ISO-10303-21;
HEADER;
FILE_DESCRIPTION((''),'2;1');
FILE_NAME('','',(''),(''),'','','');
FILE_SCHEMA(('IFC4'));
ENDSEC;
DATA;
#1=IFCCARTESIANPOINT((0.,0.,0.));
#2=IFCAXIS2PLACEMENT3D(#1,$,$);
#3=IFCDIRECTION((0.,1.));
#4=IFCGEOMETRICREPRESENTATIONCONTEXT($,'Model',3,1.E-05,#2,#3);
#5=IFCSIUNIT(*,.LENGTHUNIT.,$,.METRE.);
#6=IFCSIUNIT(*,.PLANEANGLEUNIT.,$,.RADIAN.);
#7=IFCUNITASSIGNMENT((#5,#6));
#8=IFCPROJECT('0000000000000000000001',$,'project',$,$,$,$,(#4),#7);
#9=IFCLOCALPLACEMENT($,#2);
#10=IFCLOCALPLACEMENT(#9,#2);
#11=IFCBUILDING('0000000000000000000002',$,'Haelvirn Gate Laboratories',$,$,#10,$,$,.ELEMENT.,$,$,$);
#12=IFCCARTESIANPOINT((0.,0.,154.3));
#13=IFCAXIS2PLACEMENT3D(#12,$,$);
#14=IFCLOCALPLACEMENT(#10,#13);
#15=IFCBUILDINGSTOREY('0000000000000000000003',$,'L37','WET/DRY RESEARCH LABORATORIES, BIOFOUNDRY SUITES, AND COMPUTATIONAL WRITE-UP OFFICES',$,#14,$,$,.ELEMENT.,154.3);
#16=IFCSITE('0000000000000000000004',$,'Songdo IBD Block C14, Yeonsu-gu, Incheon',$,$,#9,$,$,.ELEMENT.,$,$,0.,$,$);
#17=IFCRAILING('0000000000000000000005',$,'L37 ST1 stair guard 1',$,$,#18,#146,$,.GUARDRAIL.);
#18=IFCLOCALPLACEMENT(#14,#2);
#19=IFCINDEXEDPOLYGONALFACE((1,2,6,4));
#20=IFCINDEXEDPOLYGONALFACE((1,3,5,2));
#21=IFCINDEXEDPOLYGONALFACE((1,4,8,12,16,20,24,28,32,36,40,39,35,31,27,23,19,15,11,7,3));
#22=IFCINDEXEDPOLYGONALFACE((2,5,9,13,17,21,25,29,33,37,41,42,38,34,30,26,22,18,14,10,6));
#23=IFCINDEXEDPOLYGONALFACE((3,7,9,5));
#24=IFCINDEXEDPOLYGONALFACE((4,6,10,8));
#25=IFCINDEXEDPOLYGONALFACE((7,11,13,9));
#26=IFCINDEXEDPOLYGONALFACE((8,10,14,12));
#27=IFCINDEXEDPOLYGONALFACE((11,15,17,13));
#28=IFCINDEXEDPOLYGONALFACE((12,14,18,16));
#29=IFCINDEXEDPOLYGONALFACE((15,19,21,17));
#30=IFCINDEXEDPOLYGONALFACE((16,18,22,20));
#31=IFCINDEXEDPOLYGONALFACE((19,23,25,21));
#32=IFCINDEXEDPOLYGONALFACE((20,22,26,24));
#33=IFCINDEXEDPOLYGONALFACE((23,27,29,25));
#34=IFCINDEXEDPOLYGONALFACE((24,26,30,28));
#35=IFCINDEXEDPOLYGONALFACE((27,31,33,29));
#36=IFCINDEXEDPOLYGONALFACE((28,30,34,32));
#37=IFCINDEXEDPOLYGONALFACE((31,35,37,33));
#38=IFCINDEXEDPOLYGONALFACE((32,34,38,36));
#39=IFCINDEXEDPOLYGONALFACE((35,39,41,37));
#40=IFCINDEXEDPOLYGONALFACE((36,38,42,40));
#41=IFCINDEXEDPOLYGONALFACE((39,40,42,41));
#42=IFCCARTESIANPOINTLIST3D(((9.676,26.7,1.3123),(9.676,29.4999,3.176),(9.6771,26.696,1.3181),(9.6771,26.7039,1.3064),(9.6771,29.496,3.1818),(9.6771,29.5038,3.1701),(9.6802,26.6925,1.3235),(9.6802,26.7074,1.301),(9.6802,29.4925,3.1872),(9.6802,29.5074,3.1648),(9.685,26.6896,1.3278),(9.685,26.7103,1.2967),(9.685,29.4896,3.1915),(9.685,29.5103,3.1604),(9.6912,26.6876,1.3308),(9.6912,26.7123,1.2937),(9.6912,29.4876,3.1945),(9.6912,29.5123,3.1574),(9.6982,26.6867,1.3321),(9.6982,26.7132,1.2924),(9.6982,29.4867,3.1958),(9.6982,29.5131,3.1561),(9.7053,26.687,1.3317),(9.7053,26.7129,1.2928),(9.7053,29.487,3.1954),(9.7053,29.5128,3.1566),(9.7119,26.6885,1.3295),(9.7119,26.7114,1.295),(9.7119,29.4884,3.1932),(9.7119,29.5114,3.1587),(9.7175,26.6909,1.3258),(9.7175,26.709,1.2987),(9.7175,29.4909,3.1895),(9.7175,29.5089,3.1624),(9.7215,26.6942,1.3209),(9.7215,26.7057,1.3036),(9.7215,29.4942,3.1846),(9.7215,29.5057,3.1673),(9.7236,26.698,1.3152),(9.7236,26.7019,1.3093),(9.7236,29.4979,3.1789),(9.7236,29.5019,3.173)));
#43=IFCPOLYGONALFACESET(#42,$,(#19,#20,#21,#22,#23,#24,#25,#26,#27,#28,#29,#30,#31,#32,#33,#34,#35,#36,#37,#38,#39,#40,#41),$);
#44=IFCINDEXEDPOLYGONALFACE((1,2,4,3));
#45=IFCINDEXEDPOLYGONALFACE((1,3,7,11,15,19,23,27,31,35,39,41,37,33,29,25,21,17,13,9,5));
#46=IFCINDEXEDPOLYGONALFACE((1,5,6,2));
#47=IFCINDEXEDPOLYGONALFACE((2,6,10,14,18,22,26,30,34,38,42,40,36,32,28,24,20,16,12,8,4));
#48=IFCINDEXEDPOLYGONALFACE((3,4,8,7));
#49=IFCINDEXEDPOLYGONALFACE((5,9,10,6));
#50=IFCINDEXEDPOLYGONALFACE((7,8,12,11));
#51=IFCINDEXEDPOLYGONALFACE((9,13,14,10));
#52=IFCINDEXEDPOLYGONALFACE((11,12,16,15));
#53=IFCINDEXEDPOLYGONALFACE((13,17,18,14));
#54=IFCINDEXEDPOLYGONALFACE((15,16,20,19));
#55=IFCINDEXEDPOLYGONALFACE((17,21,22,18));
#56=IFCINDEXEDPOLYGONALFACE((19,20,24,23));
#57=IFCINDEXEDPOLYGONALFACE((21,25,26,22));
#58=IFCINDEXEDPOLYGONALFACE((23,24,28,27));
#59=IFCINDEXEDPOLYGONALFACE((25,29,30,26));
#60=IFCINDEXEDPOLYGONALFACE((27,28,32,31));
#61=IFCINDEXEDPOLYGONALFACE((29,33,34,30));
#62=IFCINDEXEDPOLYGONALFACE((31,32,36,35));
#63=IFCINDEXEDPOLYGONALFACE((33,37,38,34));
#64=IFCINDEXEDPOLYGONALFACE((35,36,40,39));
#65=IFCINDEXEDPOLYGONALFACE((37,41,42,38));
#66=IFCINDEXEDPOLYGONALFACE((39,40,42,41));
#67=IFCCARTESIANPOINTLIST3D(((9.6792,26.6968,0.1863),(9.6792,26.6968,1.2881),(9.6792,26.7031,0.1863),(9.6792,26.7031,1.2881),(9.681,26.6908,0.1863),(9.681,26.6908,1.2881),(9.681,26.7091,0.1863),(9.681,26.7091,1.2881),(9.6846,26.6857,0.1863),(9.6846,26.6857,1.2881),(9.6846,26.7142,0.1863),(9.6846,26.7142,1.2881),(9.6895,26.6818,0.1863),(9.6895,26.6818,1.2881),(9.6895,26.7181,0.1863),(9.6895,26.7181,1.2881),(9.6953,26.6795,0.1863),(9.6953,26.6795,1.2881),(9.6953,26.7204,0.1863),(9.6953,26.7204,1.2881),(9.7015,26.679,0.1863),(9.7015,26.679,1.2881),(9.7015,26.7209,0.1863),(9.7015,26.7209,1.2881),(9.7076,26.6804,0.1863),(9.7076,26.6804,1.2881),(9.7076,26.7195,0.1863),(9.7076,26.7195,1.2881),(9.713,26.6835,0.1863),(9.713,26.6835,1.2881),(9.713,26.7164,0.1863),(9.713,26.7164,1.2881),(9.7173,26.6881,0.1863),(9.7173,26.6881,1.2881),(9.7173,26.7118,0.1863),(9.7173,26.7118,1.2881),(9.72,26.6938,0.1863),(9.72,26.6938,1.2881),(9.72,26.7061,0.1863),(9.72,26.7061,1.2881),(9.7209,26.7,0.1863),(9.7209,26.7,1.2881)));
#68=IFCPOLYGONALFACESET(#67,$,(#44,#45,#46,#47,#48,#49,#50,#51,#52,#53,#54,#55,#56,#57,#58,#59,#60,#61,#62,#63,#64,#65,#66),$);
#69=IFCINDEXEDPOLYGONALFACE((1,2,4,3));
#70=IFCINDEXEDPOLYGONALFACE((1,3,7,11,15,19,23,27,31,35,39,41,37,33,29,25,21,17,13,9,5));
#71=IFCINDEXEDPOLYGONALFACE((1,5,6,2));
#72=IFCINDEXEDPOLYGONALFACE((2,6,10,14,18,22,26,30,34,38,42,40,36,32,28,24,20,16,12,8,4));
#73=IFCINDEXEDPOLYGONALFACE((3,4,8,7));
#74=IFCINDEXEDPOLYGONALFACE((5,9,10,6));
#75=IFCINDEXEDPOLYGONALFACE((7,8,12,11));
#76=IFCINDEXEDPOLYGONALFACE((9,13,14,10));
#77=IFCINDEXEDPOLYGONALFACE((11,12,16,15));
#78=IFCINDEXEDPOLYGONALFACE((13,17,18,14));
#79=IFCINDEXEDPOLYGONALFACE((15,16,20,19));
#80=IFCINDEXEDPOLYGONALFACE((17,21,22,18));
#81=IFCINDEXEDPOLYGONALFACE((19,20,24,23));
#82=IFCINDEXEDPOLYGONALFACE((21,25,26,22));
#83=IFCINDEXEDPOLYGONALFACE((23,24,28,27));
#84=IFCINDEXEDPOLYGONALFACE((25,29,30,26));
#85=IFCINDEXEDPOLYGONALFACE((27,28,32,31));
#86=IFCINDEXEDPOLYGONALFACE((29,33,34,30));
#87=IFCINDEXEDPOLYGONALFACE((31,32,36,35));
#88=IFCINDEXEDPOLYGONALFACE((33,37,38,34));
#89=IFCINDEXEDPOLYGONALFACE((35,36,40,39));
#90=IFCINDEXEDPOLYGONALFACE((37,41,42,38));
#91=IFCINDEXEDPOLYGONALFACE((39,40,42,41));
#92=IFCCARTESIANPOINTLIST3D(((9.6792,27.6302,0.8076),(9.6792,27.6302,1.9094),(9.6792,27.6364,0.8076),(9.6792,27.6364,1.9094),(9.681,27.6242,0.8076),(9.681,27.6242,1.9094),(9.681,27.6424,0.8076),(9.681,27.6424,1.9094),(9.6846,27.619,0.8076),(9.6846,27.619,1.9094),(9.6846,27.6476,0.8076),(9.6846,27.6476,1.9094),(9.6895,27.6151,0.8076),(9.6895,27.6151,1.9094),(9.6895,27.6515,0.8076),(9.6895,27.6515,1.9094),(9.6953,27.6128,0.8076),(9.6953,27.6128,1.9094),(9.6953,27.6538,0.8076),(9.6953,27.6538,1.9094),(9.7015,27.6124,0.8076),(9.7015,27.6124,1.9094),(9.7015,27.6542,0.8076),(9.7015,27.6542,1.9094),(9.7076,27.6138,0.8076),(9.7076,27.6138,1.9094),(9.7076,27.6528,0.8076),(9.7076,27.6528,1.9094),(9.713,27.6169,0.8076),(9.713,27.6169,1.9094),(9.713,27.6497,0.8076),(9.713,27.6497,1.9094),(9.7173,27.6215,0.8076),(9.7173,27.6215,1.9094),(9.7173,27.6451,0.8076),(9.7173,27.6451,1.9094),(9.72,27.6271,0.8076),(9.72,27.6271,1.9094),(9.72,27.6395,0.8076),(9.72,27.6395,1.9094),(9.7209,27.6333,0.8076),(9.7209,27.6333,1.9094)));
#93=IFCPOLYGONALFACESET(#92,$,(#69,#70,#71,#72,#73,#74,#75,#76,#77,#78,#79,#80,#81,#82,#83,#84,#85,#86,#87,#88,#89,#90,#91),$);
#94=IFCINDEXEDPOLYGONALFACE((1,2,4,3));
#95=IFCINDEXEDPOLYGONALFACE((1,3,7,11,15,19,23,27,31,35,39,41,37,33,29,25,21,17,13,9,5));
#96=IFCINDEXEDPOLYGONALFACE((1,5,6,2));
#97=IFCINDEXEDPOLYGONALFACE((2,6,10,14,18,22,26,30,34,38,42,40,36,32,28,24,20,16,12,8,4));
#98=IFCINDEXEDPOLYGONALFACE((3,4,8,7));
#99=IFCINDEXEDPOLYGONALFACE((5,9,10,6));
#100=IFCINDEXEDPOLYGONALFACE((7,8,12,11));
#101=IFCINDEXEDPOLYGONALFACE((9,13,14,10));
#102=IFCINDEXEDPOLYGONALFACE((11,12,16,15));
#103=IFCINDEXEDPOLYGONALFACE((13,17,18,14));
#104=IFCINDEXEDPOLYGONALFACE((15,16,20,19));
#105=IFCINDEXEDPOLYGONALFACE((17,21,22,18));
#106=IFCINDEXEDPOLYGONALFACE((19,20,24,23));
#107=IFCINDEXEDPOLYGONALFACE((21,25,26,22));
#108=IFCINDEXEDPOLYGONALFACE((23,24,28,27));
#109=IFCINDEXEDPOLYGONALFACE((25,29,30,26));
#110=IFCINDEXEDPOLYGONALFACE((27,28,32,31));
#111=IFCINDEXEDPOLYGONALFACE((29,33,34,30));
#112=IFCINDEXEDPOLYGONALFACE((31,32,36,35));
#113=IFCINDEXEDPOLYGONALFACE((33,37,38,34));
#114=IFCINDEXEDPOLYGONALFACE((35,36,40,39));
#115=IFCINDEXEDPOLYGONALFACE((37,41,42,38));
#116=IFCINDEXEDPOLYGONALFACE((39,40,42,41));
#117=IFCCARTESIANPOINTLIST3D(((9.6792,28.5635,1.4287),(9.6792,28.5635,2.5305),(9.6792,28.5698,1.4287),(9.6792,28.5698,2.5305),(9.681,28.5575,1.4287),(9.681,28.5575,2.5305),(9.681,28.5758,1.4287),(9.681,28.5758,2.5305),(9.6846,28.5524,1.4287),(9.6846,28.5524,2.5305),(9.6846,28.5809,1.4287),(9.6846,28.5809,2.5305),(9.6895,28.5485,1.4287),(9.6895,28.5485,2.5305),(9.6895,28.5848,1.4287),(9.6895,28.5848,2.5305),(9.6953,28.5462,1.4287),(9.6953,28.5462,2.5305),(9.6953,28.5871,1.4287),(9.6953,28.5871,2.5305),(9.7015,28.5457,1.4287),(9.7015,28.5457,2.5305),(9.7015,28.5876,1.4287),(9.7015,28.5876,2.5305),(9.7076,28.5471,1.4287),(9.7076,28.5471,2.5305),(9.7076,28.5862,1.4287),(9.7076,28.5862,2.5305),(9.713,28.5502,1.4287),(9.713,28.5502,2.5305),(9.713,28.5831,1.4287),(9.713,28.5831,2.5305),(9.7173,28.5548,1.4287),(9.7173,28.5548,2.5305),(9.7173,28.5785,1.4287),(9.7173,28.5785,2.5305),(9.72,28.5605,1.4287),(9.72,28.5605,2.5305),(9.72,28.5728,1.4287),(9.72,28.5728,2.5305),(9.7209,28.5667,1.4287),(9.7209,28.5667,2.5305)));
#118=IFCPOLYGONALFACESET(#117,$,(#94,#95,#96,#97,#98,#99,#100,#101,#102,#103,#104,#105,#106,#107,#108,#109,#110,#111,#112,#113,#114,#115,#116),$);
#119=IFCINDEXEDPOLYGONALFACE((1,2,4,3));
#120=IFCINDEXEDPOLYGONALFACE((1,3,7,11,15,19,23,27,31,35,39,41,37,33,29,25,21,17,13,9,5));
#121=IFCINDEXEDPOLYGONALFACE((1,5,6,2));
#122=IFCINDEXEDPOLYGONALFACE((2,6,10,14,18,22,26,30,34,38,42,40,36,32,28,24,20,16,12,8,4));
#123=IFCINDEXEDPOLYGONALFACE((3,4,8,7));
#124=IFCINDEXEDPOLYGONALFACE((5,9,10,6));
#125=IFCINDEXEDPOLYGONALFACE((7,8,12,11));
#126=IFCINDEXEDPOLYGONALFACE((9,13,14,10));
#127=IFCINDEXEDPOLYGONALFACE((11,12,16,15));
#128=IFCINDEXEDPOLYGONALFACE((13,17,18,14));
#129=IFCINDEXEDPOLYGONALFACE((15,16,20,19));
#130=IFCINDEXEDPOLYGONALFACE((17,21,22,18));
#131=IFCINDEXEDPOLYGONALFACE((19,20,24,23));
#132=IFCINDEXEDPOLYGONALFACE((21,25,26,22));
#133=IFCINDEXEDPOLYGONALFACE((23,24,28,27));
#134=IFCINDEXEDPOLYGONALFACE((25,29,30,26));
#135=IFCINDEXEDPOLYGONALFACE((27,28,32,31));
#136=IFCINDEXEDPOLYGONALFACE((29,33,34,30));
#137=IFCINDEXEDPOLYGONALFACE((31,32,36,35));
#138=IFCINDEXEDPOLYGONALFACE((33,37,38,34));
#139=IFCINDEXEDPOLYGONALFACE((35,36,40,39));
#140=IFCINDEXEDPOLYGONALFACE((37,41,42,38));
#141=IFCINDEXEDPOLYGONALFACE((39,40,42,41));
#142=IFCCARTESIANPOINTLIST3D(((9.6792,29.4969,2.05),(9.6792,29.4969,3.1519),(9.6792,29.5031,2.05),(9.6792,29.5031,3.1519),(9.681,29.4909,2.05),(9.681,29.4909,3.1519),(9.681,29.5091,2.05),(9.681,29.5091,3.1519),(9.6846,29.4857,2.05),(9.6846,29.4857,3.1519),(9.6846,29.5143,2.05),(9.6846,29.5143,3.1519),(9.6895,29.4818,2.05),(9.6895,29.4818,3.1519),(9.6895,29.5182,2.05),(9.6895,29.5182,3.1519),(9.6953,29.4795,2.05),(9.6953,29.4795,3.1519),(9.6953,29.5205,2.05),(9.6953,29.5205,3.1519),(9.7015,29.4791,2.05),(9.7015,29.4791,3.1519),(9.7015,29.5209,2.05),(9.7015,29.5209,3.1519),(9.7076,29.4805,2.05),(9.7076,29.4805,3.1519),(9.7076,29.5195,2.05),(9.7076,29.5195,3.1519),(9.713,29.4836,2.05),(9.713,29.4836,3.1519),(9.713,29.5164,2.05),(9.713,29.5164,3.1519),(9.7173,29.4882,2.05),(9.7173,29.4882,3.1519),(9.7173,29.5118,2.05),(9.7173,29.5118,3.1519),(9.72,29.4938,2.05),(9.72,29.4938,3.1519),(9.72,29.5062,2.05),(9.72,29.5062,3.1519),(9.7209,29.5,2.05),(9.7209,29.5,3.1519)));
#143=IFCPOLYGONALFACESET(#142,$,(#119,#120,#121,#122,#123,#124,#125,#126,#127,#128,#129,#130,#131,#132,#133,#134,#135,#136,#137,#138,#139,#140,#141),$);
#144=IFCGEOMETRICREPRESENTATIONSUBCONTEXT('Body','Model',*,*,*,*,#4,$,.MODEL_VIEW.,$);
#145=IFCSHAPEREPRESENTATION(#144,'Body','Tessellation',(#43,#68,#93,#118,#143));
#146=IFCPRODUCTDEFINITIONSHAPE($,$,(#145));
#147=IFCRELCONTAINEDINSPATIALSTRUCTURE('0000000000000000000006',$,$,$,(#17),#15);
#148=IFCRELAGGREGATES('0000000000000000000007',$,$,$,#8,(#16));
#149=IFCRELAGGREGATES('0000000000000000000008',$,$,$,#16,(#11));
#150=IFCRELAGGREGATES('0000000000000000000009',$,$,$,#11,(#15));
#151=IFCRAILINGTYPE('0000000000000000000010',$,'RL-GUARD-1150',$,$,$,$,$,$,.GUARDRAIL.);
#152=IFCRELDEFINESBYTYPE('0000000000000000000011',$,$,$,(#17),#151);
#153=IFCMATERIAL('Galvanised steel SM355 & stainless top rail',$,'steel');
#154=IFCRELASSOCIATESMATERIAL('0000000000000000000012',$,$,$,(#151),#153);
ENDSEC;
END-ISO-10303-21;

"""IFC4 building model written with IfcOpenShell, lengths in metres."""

from ifc_helpers import new_model, si_unit, direction, frame, origin, origin_2d, place, context, subcontext, project, spatial, circle, extrude, source, transform, mapped, material, type_object, element, save


model = new_model("IFC4")

# Units and contexts
model_context = context("Model", 3, precision=1e-05, world=origin(), true_north=direction((0.0, 1.0)))
body_context = subcontext(model_context, "Body", "Model", "MODEL_VIEW")
ifc_project = project(units=[si_unit("LENGTHUNIT", "METRE"), si_unit("PLANEANGLEUNIT", "RADIAN")], contexts=[model_context])

# Site, building, storey
site_placement = place(None, origin())
site = spatial("IfcSite", under=ifc_project, at=site_placement, Name="Songdo IBD Block C14, Yeonsu-gu, Incheon", CompositionType="ELEMENT", RefElevation=0.0)
building_placement = place(site_placement, origin())
building = spatial("IfcBuilding", under=site, at=building_placement, Name="Haelvirn Gate Laboratories", CompositionType="ELEMENT")
storey_placement = place(building_placement, frame((0.0, 0.0, 154.3)))
storey = spatial("IfcBuildingStorey", under=building, at=storey_placement, Name="L37", Description="WET/DRY RESEARCH LABORATORIES, BIOFOUNDRY SUITES, AND COMPUTATIONAL WRITE-UP OFFICES", CompositionType="ELEMENT", Elevation=154.3)

# Railing
ifc_material_1 = material(Name="Galvanised steel SM355 & stainless top rail", Category="steel")
railing_type_1 = type_object("IfcRailingType", Name="RL-GUARD-1150", PredefinedType="GUARDRAIL", material=ifc_material_1)
shared_shape_1 = source(origin(), body_context, "Body", "SweptSolid", [
    extrude(circle(Radius=0.0239, at=origin_2d()), frame((0.0, 0.0, 1.126), z_axis=(0.0, 0.832452, 0.554097), x_axis=(-1.0, 0.0, 0.0)), (0.0, 0.0, 1.0), 3.3635),
    extrude(circle(Radius=0.021, at=origin_2d()), origin(), (0.0, 0.0, 1.0), 1.1018),
    extrude(circle(Radius=0.021, at=origin_2d()), frame((0.0, 0.9333, 0.6213)), (0.0, 0.0, 1.0), 1.1018),
    extrude(circle(Radius=0.021, at=origin_2d()), frame((0.0, 1.8667, 1.2424)), (0.0, 0.0, 1.0), 1.1018),
    extrude(circle(Radius=0.021, at=origin_2d()), frame((0.0, 2.8, 1.8638)), (0.0, 0.0, 1.0), 1.1018),
])
railing_1_placement = place(storey_placement, frame((9.7, 26.7, 0.1863)))
element("IfcRailing", 1, at=railing_1_placement, inside=storey, type_object=railing_type_1, Name="L37 ST1 stair guard 1", PredefinedType="GUARDRAIL", context=body_context, shape_type="MappedRepresentation", body=[
    mapped(shared_shape_1, transform((0.0, 0.0, 0.0), scale=1.0)),
])

save(model, "model.ifc")
